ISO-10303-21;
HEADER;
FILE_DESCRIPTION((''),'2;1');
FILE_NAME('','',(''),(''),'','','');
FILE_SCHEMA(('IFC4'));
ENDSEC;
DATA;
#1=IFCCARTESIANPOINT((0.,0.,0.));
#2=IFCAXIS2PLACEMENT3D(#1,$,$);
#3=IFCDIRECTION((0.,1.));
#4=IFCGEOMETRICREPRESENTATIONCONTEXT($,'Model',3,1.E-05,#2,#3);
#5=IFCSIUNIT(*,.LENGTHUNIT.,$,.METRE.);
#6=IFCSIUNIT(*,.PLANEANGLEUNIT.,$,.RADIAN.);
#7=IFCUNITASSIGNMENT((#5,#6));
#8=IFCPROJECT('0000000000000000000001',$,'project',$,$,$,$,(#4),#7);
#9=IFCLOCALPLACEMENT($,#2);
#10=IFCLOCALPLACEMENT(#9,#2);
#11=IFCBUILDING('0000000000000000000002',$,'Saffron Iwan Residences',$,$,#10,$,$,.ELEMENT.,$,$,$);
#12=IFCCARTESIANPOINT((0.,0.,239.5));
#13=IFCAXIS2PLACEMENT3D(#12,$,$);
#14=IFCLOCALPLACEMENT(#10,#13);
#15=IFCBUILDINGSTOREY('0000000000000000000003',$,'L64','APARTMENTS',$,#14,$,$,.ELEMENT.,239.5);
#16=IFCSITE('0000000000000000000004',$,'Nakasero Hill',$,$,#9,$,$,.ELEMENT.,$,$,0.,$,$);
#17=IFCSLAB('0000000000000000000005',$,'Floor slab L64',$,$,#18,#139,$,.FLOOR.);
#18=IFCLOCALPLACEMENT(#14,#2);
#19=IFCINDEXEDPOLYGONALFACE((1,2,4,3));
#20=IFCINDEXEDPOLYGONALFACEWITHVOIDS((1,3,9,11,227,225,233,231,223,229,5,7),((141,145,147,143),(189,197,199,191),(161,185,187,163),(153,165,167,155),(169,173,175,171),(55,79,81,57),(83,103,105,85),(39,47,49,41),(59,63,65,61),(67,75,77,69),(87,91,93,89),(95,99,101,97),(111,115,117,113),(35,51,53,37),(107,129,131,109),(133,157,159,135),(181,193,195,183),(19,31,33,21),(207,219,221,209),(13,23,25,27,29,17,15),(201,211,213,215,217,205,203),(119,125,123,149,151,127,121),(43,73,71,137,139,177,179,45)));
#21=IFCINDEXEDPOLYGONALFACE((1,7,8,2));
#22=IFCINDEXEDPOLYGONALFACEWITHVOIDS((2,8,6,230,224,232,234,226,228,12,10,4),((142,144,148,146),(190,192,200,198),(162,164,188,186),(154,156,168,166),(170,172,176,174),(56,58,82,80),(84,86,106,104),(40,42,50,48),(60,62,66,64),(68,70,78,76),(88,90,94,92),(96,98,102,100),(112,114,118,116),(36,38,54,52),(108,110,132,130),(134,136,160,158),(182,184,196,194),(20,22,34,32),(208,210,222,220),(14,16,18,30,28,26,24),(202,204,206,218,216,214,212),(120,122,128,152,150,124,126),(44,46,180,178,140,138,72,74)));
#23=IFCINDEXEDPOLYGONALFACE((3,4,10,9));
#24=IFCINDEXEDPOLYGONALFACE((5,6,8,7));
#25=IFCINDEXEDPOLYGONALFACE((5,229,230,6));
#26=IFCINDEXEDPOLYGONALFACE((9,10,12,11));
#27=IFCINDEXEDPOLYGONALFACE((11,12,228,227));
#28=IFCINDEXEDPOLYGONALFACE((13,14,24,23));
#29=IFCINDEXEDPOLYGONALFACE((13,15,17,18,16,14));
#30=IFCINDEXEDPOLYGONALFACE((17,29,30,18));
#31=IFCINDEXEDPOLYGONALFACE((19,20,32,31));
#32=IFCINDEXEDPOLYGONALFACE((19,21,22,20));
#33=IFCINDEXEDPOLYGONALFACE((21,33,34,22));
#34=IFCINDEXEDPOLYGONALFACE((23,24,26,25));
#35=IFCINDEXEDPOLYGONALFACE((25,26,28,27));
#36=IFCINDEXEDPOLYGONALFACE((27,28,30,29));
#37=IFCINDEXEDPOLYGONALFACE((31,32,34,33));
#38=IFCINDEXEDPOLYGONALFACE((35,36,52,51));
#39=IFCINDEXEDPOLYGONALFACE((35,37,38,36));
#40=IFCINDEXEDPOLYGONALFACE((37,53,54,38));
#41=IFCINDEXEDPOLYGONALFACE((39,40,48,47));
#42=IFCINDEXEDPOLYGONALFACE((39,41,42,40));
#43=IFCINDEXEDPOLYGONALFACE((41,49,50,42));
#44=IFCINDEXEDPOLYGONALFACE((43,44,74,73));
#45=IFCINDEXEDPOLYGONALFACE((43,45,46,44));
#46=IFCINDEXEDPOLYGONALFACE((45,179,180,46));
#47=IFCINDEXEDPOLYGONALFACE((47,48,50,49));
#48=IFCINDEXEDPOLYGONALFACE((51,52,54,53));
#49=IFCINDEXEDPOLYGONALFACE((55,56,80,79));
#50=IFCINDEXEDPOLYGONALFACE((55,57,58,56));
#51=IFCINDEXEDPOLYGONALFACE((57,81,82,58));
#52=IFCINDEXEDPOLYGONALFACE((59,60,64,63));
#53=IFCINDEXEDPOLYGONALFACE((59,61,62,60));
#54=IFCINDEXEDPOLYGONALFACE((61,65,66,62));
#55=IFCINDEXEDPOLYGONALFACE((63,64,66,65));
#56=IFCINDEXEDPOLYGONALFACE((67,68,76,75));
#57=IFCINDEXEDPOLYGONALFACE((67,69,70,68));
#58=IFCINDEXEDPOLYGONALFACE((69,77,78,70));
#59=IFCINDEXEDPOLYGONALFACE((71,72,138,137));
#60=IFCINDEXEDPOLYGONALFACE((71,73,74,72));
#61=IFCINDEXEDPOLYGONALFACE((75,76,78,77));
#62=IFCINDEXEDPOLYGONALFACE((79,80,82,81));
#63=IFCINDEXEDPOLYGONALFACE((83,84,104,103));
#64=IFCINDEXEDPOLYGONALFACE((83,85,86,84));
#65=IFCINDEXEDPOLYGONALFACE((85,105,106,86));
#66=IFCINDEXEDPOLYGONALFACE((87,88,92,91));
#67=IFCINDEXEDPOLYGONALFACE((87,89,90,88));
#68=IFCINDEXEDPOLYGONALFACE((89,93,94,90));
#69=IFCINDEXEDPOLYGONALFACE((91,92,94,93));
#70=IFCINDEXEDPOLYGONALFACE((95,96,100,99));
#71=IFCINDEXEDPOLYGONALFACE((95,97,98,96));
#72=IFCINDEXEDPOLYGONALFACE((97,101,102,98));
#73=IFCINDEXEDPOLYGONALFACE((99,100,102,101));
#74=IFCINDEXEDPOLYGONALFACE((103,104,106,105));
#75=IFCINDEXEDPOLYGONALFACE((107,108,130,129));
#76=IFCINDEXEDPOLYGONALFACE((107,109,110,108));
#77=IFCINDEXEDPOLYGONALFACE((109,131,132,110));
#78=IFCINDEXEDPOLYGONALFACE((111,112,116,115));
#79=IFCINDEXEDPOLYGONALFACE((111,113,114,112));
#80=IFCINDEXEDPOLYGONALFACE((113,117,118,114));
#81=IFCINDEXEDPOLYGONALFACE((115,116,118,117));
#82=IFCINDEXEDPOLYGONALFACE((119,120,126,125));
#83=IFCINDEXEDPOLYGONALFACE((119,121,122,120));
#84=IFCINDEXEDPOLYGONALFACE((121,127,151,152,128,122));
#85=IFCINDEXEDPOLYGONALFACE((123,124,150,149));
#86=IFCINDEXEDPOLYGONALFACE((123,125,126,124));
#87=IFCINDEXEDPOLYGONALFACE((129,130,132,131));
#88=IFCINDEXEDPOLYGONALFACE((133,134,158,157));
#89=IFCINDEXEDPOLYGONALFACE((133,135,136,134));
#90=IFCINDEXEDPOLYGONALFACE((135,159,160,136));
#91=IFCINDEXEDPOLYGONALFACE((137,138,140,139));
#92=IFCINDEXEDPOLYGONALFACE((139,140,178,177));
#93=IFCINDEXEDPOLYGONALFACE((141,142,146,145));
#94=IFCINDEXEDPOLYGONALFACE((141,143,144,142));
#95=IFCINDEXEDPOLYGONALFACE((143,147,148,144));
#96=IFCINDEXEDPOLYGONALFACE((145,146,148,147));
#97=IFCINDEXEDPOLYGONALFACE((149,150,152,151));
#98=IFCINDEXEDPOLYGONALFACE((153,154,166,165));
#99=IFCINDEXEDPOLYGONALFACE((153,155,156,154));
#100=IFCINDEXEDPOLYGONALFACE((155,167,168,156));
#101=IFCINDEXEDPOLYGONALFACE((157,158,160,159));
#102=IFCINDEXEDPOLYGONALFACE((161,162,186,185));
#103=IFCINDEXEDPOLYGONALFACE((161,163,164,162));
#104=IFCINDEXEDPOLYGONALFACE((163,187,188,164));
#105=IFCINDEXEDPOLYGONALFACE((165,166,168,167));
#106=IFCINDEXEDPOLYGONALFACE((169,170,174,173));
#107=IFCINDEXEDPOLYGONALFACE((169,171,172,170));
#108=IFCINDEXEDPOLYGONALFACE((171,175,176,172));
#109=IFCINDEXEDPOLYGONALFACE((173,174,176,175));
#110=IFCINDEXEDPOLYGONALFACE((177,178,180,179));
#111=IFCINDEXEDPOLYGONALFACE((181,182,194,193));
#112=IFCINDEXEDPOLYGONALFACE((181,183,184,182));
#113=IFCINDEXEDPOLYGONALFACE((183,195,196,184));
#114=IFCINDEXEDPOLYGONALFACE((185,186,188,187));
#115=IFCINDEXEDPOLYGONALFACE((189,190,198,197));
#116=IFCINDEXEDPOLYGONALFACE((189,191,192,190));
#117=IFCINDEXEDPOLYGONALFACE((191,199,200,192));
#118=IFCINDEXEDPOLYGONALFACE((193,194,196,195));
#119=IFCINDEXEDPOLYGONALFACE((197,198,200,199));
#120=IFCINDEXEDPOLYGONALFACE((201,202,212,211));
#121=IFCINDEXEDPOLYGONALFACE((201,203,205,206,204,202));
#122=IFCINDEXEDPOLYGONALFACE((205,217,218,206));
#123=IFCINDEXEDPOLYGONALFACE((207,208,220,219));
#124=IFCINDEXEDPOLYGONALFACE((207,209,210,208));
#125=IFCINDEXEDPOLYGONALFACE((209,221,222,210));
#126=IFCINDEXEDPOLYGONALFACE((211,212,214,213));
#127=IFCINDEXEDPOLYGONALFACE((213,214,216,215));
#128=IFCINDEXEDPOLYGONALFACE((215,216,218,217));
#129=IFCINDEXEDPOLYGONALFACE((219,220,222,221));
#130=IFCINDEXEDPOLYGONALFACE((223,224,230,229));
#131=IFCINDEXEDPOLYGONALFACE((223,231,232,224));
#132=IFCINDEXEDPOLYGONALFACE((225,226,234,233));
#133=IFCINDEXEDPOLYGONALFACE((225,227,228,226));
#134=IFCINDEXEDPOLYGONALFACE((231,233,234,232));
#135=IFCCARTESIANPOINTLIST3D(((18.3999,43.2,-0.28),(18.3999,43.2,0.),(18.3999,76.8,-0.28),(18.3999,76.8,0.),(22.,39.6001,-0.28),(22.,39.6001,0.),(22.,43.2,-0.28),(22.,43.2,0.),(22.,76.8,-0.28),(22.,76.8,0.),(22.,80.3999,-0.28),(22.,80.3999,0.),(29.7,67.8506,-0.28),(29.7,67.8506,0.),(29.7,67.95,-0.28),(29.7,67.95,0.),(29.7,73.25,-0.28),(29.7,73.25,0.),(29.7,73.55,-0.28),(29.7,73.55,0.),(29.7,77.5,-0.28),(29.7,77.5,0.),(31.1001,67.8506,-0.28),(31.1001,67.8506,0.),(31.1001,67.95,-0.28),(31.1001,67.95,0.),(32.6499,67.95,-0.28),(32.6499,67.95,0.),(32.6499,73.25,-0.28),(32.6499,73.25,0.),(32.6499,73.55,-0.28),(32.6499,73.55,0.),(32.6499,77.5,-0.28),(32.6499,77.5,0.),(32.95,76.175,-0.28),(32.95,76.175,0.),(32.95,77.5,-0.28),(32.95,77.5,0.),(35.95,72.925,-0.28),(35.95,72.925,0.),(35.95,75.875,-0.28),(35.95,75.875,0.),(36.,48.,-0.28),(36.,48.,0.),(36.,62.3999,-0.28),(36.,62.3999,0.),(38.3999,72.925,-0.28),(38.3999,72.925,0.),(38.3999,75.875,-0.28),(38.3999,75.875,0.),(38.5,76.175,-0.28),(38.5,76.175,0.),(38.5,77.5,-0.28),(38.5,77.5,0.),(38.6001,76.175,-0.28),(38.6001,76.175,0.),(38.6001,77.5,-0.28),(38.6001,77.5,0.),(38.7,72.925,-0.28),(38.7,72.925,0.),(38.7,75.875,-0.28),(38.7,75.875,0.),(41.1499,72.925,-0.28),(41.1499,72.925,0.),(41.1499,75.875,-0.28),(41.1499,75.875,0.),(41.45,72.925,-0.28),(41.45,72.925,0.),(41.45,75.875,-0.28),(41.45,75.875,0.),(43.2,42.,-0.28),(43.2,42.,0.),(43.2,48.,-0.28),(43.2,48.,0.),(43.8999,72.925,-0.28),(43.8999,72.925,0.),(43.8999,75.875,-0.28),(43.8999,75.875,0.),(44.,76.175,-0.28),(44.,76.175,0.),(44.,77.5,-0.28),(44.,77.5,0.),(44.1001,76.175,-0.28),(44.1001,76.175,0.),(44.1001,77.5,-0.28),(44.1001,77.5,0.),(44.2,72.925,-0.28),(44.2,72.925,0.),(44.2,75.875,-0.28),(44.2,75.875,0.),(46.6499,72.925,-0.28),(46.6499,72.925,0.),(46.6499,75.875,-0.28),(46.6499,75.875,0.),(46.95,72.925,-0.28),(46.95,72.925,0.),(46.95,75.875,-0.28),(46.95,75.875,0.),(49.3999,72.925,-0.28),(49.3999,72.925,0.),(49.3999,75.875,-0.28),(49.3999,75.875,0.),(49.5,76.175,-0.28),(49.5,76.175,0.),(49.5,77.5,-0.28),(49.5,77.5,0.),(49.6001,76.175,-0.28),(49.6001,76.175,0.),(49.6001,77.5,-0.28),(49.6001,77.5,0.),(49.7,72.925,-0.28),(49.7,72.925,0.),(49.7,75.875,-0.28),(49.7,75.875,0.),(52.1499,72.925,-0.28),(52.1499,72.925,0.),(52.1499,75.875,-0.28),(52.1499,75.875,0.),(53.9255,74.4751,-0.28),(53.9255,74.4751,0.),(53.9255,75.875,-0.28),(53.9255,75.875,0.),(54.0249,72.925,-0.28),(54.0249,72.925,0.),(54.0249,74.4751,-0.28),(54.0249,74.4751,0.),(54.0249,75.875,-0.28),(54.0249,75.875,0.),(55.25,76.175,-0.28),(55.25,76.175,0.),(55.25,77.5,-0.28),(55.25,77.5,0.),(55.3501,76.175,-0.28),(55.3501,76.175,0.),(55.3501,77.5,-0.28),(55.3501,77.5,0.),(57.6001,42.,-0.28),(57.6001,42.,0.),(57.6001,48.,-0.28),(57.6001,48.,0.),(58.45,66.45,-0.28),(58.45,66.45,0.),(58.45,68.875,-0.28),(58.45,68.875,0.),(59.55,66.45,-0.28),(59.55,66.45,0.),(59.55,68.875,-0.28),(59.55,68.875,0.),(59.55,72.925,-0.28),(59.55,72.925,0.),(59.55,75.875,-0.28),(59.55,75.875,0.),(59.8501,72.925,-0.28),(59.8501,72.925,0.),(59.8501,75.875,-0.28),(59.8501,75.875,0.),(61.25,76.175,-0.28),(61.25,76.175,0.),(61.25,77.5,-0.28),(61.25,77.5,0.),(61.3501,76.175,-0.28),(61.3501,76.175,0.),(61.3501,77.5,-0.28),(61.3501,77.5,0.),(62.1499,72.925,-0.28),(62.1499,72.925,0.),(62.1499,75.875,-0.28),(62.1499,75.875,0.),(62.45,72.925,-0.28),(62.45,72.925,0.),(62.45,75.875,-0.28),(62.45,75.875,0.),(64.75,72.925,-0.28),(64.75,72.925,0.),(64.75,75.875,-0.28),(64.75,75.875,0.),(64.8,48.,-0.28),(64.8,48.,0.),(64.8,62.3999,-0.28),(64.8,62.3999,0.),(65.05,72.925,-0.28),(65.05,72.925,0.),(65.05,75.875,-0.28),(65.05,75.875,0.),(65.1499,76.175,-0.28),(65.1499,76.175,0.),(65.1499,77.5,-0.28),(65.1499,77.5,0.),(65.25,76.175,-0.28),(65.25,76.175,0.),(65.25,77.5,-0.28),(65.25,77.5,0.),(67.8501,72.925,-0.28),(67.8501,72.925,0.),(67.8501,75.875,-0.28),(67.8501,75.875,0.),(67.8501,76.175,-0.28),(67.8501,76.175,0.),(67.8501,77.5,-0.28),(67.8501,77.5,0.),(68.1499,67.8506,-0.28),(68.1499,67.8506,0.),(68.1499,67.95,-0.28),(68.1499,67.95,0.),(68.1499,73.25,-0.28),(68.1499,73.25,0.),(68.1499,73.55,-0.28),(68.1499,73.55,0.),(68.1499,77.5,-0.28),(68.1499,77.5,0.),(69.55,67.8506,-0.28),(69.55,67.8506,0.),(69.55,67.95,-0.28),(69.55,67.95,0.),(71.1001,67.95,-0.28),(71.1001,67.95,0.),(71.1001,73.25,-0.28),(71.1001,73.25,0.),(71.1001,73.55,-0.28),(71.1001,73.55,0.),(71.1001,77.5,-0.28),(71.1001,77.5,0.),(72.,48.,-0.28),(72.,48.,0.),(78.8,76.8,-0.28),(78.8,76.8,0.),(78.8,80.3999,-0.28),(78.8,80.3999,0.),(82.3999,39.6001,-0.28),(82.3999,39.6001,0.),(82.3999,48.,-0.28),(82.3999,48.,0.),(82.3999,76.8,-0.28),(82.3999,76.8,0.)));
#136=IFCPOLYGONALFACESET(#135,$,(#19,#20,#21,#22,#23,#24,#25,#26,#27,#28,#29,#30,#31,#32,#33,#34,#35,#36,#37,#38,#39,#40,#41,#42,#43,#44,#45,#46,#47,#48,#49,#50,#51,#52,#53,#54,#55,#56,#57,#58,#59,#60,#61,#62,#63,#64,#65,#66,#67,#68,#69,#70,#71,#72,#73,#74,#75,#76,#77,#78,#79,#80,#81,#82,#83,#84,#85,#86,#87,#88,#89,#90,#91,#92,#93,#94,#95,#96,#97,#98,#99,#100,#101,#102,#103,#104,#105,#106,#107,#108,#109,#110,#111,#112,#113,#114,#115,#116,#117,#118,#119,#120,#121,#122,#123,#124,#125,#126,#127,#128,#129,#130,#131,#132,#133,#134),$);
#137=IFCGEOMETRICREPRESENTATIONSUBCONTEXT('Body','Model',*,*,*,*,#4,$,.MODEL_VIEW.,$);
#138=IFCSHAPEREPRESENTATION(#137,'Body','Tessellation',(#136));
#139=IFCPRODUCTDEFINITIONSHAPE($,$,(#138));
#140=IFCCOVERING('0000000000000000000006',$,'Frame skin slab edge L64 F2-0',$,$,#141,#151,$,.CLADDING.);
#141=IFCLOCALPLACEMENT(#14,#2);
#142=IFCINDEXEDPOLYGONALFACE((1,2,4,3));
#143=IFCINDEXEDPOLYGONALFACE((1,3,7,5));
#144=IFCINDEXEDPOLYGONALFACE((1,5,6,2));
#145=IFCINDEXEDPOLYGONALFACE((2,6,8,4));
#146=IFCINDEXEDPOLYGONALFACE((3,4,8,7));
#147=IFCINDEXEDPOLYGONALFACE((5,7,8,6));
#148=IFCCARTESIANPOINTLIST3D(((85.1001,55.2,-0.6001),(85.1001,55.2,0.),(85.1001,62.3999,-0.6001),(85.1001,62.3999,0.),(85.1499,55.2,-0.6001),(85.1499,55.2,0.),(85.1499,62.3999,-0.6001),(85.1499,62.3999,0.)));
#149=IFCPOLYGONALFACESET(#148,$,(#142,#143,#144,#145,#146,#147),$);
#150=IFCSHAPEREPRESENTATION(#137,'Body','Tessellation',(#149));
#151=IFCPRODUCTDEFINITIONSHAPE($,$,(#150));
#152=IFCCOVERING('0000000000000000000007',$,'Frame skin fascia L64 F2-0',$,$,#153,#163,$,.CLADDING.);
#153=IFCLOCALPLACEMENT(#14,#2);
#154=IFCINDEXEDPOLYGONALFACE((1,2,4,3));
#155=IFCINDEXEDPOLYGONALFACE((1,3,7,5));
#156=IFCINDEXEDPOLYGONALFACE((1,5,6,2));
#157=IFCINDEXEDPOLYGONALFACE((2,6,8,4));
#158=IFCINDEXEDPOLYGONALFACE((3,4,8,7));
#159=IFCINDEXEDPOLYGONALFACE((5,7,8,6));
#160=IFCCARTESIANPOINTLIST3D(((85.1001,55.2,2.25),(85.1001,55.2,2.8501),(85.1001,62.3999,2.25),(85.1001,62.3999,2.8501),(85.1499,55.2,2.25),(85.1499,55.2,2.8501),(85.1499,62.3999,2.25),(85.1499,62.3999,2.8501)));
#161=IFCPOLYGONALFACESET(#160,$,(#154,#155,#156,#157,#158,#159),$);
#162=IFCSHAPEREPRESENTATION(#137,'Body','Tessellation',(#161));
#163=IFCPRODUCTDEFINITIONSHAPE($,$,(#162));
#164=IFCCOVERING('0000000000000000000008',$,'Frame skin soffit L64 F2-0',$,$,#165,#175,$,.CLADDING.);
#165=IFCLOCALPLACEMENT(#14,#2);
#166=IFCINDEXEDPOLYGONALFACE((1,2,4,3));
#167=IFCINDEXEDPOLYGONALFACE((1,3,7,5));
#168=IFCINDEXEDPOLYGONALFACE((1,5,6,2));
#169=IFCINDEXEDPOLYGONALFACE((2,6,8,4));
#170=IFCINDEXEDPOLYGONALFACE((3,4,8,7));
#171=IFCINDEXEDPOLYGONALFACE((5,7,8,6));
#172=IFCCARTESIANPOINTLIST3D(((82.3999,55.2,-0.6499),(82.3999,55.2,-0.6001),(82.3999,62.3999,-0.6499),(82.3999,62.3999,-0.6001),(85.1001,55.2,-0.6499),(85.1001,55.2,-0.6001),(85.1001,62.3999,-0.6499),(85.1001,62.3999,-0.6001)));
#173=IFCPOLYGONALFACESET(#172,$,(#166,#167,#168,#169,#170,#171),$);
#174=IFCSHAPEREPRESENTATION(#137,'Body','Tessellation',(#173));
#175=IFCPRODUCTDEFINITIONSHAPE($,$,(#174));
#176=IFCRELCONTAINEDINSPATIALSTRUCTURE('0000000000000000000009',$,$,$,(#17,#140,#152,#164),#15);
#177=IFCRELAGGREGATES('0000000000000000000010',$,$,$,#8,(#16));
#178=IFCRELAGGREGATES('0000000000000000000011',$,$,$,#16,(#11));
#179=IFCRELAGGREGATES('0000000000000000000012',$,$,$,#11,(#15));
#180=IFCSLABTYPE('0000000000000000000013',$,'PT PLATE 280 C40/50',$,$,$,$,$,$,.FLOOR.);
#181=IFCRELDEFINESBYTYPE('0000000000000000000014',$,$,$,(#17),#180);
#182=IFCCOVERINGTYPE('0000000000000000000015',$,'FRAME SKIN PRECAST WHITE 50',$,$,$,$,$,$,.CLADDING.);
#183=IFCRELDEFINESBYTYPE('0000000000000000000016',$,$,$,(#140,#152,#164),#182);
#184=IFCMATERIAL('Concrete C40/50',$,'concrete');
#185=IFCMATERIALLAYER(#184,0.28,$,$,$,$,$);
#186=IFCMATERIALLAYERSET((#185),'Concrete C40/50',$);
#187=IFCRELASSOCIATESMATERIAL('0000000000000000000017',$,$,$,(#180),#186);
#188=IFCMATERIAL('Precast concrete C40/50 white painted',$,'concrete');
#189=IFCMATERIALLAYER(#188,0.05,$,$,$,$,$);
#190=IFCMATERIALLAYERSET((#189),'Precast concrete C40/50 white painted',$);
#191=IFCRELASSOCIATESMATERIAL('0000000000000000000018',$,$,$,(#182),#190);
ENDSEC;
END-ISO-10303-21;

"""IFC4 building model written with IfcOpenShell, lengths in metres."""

from ifc_helpers import new_model, si_unit, direction, frame, origin, place, context, subcontext, project, spatial, polyline, outline, extrude, material, layer, layer_set, type_object, element, save


model = new_model("IFC4")

# Units and contexts
model_context = context("Model", 3, precision=1e-05, world=origin(), true_north=direction((0.0, 1.0)))
body_context = subcontext(model_context, "Body", "Model", "MODEL_VIEW")
ifc_project = project(units=[si_unit("LENGTHUNIT", "METRE"), si_unit("PLANEANGLEUNIT", "RADIAN")], contexts=[model_context])

# Site, building, storey
site_placement = place(None, origin())
site = spatial("IfcSite", under=ifc_project, at=site_placement, Name="Nakasero Hill", CompositionType="ELEMENT", RefElevation=0.0)
building_placement = place(site_placement, origin())
building = spatial("IfcBuilding", under=site, at=building_placement, Name="Saffron Iwan Residences", CompositionType="ELEMENT")
storey_placement = place(building_placement, frame((0.0, 0.0, 239.5)))
storey = spatial("IfcBuildingStorey", under=building, at=storey_placement, Name="L64", Description="APARTMENTS", CompositionType="ELEMENT", Elevation=239.5)

# Slab
ifc_material_1 = material(Name="Concrete C40/50", Category="concrete")
ifc_layer_1 = layer(ifc_material_1, 0.28)
ifc_layer_set_1 = layer_set([ifc_layer_1], Name="Concrete C40/50")
slab_type_1 = type_object("IfcSlabType", Name="PT PLATE 280 C40/50", PredefinedType="FLOOR", material=ifc_layer_set_1)
slab_1_placement = place(storey_placement, frame((0.0, 0.0, -0.28)))
element("IfcSlab", 1, at=slab_1_placement, inside=storey, type_object=slab_type_1, Name="Floor slab L64", PredefinedType="FLOOR", context=body_context, shape_type="SweptSolid", body=[
    extrude(outline(polyline([(18.3999, 43.2), (18.3999, 76.8), (22.0, 76.8), (22.0, 80.3999), (78.8, 80.3999), (78.8, 76.8), (82.3999, 76.8), (82.3999, 48.0), (72.0, 48.0), (82.3999, 39.6001), (22.0, 39.6001), (22.0, 43.2), (18.3999, 43.2)]), holes=[polyline([(64.8, 48.0), (64.8, 62.3999), (36.0, 62.3999), (36.0, 48.0), (43.2, 48.0), (43.2, 42.0), (57.6001, 42.0), (57.6001, 48.0), (64.8, 48.0)]), polyline([(29.7, 73.25), (29.7, 67.95), (29.7, 67.8506), (31.1001, 67.8506), (31.1001, 67.95), (32.6499, 67.95), (32.6499, 73.25), (29.7, 73.25)]), polyline([(38.3999, 75.875), (35.95, 75.875), (35.95, 72.925), (38.3999, 72.925), (38.3999, 75.875)]), polyline([(41.1499, 75.875), (38.7, 75.875), (38.7, 72.925), (41.1499, 72.925), (41.1499, 75.875)]), polyline([(43.8999, 72.925), (43.8999, 75.875), (41.45, 75.875), (41.45, 72.925), (43.8999, 72.925)]), polyline([(46.6499, 72.925), (46.6499, 75.875), (44.2, 75.875), (44.2, 72.925), (46.6499, 72.925)]), polyline([(49.3999, 75.875), (46.95, 75.875), (46.95, 72.925), (49.3999, 72.925), (49.3999, 75.875)]), polyline([(52.1499, 72.925), (52.1499, 75.875), (49.7, 75.875), (49.7, 72.925), (52.1499, 72.925)]), polyline([(32.6499, 73.55), (32.6499, 77.5), (29.7, 77.5), (29.7, 73.55), (32.6499, 73.55)]), polyline([(38.5, 77.5), (32.95, 77.5), (32.95, 76.175), (38.5, 76.175), (38.5, 77.5)]), polyline([(44.0, 76.175), (44.0, 77.5), (38.6001, 77.5), (38.6001, 76.175), (44.0, 76.175)]), polyline([(49.5, 76.175), (49.5, 77.5), (44.1001, 77.5), (44.1001, 76.175), (49.5, 76.175)]), polyline([(59.55, 68.875), (58.45, 68.875), (58.45, 66.45), (59.55, 66.45), (59.55, 68.875)]), polyline([(68.1499, 73.25), (68.1499, 67.95), (68.1499, 67.8506), (69.55, 67.8506), (69.55, 67.95), (71.1001, 67.95), (71.1001, 73.25), (68.1499, 73.25)]), polyline([(54.0249, 74.4751), (54.0249, 72.925), (59.55, 72.925), (59.55, 75.875), (54.0249, 75.875), (53.9255, 75.875), (53.9255, 74.4751), (54.0249, 74.4751)]), polyline([(62.1499, 72.925), (62.1499, 75.875), (59.8501, 75.875), (59.8501, 72.925), (62.1499, 72.925)]), polyline([(64.75, 72.925), (64.75, 75.875), (62.45, 75.875), (62.45, 72.925), (64.75, 72.925)]), polyline([(67.8501, 75.875), (65.05, 75.875), (65.05, 72.925), (67.8501, 72.925), (67.8501, 75.875)]), polyline([(71.1001, 73.55), (71.1001, 77.5), (68.1499, 77.5), (68.1499, 73.55), (71.1001, 73.55)]), polyline([(55.25, 76.175), (55.25, 77.5), (49.6001, 77.5), (49.6001, 76.175), (55.25, 76.175)]), polyline([(61.25, 77.5), (55.3501, 77.5), (55.3501, 76.175), (61.25, 76.175), (61.25, 77.5)]), polyline([(65.1499, 76.175), (65.1499, 77.5), (61.3501, 77.5), (61.3501, 76.175), (65.1499, 76.175)]), polyline([(67.8501, 76.175), (67.8501, 77.5), (65.25, 77.5), (65.25, 76.175), (67.8501, 76.175)])]), origin(), (0.0, 0.0, 1.0), 0.28),
])

# Coverings
ifc_material_2 = material(Name="Precast concrete C40/50 white painted", Category="concrete")
ifc_layer_2 = layer(ifc_material_2, 0.05)
ifc_layer_set_2 = layer_set([ifc_layer_2], Name="Precast concrete C40/50 white painted")
covering_type_1 = type_object("IfcCoveringType", Name="FRAME SKIN PRECAST WHITE 50", PredefinedType="CLADDING", material=ifc_layer_set_2)
for number, where, name in (
    (2, (0.0, 0.0, -0.6001), "Frame skin slab edge L64 F2-0"),
    (3, (0.0, 0.0, 2.25), "Frame skin fascia L64 F2-0"),
):
    element("IfcCovering", number, at=place(storey_placement, frame(where)), inside=storey, type_object=covering_type_1, Name=name, PredefinedType="CLADDING", context=body_context, shape_type="SweptSolid", body=[
        extrude(outline(polyline([(85.1499, 55.2), (85.1499, 62.3999), (85.1001, 62.3999), (85.1001, 55.2), (85.1499, 55.2)])), origin(), (0.0, 0.0, 1.0), 0.6001),
    ])
covering_1_placement = place(storey_placement, frame((0.0, 0.0, -0.6499)))
element("IfcCovering", 4, at=covering_1_placement, inside=storey, type_object=covering_type_1, Name="Frame skin soffit L64 F2-0", PredefinedType="CLADDING", context=body_context, shape_type="SweptSolid", body=[
    extrude(outline(polyline([(85.1001, 55.2), (85.1001, 62.3999), (82.3999, 62.3999), (82.3999, 55.2), (85.1001, 55.2)])), origin(), (0.0, 0.0, 1.0), 0.0498),
])

save(model, "model.ifc")
